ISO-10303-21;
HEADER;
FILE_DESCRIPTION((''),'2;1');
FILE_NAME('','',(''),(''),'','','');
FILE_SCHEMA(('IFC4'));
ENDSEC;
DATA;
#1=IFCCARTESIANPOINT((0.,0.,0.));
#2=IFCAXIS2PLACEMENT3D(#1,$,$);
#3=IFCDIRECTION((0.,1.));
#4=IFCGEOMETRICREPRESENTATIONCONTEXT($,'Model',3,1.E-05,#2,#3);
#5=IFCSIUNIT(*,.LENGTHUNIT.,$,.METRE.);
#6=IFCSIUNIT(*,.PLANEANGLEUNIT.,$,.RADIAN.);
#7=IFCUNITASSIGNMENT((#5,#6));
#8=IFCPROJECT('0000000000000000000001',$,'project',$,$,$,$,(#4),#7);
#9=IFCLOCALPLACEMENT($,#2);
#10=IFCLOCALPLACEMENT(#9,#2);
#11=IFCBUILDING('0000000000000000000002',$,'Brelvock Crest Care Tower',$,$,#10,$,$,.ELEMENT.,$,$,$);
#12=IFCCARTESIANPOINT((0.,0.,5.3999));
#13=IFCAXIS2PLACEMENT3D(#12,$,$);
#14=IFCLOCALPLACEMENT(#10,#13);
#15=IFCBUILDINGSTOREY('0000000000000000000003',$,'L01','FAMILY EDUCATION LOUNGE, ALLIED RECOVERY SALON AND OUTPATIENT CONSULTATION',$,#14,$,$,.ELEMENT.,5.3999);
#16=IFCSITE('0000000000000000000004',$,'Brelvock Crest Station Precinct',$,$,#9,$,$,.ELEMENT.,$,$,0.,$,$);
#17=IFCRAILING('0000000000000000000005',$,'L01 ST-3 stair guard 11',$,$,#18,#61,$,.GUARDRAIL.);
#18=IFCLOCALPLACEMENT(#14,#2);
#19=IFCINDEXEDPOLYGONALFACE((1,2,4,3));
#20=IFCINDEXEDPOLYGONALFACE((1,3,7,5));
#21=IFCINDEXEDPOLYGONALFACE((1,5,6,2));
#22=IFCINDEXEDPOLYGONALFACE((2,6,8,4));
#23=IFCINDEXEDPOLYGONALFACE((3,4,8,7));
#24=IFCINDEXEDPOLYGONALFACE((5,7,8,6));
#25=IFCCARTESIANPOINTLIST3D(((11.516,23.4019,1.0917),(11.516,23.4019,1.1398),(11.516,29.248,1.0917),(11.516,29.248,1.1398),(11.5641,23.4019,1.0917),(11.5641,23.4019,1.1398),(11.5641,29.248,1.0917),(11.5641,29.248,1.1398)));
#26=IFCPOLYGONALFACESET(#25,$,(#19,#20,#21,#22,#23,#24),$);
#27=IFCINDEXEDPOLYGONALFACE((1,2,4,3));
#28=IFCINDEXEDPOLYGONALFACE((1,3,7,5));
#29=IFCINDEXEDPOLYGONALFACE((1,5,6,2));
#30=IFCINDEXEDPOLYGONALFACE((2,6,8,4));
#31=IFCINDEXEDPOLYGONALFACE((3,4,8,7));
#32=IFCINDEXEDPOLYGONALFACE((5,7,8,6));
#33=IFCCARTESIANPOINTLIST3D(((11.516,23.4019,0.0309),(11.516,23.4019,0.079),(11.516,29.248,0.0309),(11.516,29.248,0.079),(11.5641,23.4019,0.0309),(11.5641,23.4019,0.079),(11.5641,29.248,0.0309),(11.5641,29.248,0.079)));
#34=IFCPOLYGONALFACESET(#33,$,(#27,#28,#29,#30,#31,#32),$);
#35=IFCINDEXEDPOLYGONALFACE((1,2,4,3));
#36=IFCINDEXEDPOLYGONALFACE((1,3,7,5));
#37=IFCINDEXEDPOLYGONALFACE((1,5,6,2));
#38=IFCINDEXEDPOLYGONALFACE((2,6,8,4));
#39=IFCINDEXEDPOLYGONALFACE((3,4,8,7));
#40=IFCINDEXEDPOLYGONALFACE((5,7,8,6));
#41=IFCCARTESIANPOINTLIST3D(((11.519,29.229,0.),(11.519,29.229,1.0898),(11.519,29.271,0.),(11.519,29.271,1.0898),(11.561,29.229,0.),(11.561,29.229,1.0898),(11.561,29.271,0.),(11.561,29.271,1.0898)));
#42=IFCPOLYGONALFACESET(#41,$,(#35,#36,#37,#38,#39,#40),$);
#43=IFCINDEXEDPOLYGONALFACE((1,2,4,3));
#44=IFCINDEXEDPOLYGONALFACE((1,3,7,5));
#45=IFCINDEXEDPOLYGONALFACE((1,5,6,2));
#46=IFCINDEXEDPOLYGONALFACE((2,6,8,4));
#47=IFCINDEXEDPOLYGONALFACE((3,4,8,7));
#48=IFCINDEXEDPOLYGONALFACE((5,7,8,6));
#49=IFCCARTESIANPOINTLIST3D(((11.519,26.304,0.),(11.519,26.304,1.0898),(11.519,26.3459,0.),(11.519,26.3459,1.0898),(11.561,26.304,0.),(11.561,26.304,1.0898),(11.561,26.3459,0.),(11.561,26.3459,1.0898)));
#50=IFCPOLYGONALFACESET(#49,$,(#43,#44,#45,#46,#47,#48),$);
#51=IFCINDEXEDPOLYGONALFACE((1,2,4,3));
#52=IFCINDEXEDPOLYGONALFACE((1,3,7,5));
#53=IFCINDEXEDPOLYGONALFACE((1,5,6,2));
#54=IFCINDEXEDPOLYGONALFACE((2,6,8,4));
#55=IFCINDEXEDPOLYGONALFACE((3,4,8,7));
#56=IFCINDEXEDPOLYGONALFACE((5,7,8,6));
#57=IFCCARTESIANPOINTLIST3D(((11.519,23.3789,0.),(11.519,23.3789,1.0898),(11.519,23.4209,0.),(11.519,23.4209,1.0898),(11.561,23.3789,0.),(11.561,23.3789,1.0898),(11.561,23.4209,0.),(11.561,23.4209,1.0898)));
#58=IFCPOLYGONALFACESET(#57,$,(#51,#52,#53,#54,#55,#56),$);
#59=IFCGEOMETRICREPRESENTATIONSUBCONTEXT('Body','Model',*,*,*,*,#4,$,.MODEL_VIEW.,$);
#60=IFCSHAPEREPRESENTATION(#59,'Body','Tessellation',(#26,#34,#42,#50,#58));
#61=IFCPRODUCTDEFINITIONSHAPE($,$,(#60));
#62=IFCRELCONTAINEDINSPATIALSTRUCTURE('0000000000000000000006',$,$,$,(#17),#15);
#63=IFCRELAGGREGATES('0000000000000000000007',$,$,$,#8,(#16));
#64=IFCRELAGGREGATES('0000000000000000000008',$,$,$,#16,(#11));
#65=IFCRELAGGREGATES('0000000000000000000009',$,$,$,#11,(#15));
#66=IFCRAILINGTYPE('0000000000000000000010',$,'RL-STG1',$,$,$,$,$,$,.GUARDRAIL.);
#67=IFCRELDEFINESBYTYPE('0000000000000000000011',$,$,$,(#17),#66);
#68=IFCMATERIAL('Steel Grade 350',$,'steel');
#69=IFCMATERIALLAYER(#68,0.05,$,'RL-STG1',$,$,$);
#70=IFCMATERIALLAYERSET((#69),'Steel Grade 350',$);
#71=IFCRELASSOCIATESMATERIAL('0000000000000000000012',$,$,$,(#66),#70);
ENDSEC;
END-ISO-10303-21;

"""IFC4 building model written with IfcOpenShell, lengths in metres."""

from ifc_helpers import new_model, si_unit, direction, frame, origin, origin_2d, place, context, subcontext, project, spatial, rectangle, extrude, material, layer, layer_set, type_object, element, save


model = new_model("IFC4")

# Units and contexts
model_context = context("Model", 3, precision=1e-05, world=origin(), true_north=direction((0.0, 1.0)))
body_context = subcontext(model_context, "Body", "Model", "MODEL_VIEW")
ifc_project = project(units=[si_unit("LENGTHUNIT", "METRE"), si_unit("PLANEANGLEUNIT", "RADIAN")], contexts=[model_context])

# Site, building, storey
site_placement = place(None, origin())
site = spatial("IfcSite", under=ifc_project, at=site_placement, Name="Brelvock Crest Station Precinct", CompositionType="ELEMENT", RefElevation=0.0)
building_placement = place(site_placement, origin())
building = spatial("IfcBuilding", under=site, at=building_placement, Name="Brelvock Crest Care Tower", CompositionType="ELEMENT")
storey_placement = place(building_placement, frame((0.0, 0.0, 5.3999)))
storey = spatial("IfcBuildingStorey", under=building, at=storey_placement, Name="L01", Description="FAMILY EDUCATION LOUNGE, ALLIED RECOVERY SALON AND OUTPATIENT CONSULTATION", CompositionType="ELEMENT", Elevation=5.3999)

# Shared definitions
ifc_material_1 = material(Name="Steel Grade 350", Category="steel")

# Railing
ifc_layer_1 = layer(ifc_material_1, 0.05, Name="RL-STG1")
ifc_layer_set_1 = layer_set([ifc_layer_1], Name="Steel Grade 350")
railing_type = type_object("IfcRailingType", Name="RL-STG1", PredefinedType="GUARDRAIL", material=ifc_layer_set_1)
railing_placement = place(storey_placement, frame((11.54, 29.25, 0.0)))
element("IfcRailing", 1, at=railing_placement, inside=storey, type_object=railing_type, Name="L01 ST-3 stair guard 11", PredefinedType="GUARDRAIL", context=body_context, shape_type="SweptSolid", body=[
    extrude(rectangle(XDim=0.0481, YDim=0.0481, at=origin_2d()), frame((0.0, -0.002, 1.1157), z_axis=(0.0, -1.0, 0.0), x_axis=(1.0, 0.0, 0.0)), (0.0, 0.0, 1.0), 5.8462),
    extrude(rectangle(XDim=0.0481, YDim=0.0481, at=origin_2d()), frame((0.0, -0.002, 0.0549), z_axis=(0.0, -1.0, 0.0), x_axis=(1.0, 0.0, 0.0)), (0.0, 0.0, 1.0), 5.8462),
    extrude(rectangle(XDim=0.042, YDim=0.042, at=origin_2d()), origin(), (0.0, 0.0, 1.0), 1.0898),
    extrude(rectangle(XDim=0.042, YDim=0.042, at=origin_2d()), frame((0.0, -2.925, 0.0)), (0.0, 0.0, 1.0), 1.0898),
    extrude(rectangle(XDim=0.042, YDim=0.042, at=origin_2d()), frame((0.0, -5.8501, 0.0)), (0.0, 0.0, 1.0), 1.0898),
])

save(model, "model.ifc")
